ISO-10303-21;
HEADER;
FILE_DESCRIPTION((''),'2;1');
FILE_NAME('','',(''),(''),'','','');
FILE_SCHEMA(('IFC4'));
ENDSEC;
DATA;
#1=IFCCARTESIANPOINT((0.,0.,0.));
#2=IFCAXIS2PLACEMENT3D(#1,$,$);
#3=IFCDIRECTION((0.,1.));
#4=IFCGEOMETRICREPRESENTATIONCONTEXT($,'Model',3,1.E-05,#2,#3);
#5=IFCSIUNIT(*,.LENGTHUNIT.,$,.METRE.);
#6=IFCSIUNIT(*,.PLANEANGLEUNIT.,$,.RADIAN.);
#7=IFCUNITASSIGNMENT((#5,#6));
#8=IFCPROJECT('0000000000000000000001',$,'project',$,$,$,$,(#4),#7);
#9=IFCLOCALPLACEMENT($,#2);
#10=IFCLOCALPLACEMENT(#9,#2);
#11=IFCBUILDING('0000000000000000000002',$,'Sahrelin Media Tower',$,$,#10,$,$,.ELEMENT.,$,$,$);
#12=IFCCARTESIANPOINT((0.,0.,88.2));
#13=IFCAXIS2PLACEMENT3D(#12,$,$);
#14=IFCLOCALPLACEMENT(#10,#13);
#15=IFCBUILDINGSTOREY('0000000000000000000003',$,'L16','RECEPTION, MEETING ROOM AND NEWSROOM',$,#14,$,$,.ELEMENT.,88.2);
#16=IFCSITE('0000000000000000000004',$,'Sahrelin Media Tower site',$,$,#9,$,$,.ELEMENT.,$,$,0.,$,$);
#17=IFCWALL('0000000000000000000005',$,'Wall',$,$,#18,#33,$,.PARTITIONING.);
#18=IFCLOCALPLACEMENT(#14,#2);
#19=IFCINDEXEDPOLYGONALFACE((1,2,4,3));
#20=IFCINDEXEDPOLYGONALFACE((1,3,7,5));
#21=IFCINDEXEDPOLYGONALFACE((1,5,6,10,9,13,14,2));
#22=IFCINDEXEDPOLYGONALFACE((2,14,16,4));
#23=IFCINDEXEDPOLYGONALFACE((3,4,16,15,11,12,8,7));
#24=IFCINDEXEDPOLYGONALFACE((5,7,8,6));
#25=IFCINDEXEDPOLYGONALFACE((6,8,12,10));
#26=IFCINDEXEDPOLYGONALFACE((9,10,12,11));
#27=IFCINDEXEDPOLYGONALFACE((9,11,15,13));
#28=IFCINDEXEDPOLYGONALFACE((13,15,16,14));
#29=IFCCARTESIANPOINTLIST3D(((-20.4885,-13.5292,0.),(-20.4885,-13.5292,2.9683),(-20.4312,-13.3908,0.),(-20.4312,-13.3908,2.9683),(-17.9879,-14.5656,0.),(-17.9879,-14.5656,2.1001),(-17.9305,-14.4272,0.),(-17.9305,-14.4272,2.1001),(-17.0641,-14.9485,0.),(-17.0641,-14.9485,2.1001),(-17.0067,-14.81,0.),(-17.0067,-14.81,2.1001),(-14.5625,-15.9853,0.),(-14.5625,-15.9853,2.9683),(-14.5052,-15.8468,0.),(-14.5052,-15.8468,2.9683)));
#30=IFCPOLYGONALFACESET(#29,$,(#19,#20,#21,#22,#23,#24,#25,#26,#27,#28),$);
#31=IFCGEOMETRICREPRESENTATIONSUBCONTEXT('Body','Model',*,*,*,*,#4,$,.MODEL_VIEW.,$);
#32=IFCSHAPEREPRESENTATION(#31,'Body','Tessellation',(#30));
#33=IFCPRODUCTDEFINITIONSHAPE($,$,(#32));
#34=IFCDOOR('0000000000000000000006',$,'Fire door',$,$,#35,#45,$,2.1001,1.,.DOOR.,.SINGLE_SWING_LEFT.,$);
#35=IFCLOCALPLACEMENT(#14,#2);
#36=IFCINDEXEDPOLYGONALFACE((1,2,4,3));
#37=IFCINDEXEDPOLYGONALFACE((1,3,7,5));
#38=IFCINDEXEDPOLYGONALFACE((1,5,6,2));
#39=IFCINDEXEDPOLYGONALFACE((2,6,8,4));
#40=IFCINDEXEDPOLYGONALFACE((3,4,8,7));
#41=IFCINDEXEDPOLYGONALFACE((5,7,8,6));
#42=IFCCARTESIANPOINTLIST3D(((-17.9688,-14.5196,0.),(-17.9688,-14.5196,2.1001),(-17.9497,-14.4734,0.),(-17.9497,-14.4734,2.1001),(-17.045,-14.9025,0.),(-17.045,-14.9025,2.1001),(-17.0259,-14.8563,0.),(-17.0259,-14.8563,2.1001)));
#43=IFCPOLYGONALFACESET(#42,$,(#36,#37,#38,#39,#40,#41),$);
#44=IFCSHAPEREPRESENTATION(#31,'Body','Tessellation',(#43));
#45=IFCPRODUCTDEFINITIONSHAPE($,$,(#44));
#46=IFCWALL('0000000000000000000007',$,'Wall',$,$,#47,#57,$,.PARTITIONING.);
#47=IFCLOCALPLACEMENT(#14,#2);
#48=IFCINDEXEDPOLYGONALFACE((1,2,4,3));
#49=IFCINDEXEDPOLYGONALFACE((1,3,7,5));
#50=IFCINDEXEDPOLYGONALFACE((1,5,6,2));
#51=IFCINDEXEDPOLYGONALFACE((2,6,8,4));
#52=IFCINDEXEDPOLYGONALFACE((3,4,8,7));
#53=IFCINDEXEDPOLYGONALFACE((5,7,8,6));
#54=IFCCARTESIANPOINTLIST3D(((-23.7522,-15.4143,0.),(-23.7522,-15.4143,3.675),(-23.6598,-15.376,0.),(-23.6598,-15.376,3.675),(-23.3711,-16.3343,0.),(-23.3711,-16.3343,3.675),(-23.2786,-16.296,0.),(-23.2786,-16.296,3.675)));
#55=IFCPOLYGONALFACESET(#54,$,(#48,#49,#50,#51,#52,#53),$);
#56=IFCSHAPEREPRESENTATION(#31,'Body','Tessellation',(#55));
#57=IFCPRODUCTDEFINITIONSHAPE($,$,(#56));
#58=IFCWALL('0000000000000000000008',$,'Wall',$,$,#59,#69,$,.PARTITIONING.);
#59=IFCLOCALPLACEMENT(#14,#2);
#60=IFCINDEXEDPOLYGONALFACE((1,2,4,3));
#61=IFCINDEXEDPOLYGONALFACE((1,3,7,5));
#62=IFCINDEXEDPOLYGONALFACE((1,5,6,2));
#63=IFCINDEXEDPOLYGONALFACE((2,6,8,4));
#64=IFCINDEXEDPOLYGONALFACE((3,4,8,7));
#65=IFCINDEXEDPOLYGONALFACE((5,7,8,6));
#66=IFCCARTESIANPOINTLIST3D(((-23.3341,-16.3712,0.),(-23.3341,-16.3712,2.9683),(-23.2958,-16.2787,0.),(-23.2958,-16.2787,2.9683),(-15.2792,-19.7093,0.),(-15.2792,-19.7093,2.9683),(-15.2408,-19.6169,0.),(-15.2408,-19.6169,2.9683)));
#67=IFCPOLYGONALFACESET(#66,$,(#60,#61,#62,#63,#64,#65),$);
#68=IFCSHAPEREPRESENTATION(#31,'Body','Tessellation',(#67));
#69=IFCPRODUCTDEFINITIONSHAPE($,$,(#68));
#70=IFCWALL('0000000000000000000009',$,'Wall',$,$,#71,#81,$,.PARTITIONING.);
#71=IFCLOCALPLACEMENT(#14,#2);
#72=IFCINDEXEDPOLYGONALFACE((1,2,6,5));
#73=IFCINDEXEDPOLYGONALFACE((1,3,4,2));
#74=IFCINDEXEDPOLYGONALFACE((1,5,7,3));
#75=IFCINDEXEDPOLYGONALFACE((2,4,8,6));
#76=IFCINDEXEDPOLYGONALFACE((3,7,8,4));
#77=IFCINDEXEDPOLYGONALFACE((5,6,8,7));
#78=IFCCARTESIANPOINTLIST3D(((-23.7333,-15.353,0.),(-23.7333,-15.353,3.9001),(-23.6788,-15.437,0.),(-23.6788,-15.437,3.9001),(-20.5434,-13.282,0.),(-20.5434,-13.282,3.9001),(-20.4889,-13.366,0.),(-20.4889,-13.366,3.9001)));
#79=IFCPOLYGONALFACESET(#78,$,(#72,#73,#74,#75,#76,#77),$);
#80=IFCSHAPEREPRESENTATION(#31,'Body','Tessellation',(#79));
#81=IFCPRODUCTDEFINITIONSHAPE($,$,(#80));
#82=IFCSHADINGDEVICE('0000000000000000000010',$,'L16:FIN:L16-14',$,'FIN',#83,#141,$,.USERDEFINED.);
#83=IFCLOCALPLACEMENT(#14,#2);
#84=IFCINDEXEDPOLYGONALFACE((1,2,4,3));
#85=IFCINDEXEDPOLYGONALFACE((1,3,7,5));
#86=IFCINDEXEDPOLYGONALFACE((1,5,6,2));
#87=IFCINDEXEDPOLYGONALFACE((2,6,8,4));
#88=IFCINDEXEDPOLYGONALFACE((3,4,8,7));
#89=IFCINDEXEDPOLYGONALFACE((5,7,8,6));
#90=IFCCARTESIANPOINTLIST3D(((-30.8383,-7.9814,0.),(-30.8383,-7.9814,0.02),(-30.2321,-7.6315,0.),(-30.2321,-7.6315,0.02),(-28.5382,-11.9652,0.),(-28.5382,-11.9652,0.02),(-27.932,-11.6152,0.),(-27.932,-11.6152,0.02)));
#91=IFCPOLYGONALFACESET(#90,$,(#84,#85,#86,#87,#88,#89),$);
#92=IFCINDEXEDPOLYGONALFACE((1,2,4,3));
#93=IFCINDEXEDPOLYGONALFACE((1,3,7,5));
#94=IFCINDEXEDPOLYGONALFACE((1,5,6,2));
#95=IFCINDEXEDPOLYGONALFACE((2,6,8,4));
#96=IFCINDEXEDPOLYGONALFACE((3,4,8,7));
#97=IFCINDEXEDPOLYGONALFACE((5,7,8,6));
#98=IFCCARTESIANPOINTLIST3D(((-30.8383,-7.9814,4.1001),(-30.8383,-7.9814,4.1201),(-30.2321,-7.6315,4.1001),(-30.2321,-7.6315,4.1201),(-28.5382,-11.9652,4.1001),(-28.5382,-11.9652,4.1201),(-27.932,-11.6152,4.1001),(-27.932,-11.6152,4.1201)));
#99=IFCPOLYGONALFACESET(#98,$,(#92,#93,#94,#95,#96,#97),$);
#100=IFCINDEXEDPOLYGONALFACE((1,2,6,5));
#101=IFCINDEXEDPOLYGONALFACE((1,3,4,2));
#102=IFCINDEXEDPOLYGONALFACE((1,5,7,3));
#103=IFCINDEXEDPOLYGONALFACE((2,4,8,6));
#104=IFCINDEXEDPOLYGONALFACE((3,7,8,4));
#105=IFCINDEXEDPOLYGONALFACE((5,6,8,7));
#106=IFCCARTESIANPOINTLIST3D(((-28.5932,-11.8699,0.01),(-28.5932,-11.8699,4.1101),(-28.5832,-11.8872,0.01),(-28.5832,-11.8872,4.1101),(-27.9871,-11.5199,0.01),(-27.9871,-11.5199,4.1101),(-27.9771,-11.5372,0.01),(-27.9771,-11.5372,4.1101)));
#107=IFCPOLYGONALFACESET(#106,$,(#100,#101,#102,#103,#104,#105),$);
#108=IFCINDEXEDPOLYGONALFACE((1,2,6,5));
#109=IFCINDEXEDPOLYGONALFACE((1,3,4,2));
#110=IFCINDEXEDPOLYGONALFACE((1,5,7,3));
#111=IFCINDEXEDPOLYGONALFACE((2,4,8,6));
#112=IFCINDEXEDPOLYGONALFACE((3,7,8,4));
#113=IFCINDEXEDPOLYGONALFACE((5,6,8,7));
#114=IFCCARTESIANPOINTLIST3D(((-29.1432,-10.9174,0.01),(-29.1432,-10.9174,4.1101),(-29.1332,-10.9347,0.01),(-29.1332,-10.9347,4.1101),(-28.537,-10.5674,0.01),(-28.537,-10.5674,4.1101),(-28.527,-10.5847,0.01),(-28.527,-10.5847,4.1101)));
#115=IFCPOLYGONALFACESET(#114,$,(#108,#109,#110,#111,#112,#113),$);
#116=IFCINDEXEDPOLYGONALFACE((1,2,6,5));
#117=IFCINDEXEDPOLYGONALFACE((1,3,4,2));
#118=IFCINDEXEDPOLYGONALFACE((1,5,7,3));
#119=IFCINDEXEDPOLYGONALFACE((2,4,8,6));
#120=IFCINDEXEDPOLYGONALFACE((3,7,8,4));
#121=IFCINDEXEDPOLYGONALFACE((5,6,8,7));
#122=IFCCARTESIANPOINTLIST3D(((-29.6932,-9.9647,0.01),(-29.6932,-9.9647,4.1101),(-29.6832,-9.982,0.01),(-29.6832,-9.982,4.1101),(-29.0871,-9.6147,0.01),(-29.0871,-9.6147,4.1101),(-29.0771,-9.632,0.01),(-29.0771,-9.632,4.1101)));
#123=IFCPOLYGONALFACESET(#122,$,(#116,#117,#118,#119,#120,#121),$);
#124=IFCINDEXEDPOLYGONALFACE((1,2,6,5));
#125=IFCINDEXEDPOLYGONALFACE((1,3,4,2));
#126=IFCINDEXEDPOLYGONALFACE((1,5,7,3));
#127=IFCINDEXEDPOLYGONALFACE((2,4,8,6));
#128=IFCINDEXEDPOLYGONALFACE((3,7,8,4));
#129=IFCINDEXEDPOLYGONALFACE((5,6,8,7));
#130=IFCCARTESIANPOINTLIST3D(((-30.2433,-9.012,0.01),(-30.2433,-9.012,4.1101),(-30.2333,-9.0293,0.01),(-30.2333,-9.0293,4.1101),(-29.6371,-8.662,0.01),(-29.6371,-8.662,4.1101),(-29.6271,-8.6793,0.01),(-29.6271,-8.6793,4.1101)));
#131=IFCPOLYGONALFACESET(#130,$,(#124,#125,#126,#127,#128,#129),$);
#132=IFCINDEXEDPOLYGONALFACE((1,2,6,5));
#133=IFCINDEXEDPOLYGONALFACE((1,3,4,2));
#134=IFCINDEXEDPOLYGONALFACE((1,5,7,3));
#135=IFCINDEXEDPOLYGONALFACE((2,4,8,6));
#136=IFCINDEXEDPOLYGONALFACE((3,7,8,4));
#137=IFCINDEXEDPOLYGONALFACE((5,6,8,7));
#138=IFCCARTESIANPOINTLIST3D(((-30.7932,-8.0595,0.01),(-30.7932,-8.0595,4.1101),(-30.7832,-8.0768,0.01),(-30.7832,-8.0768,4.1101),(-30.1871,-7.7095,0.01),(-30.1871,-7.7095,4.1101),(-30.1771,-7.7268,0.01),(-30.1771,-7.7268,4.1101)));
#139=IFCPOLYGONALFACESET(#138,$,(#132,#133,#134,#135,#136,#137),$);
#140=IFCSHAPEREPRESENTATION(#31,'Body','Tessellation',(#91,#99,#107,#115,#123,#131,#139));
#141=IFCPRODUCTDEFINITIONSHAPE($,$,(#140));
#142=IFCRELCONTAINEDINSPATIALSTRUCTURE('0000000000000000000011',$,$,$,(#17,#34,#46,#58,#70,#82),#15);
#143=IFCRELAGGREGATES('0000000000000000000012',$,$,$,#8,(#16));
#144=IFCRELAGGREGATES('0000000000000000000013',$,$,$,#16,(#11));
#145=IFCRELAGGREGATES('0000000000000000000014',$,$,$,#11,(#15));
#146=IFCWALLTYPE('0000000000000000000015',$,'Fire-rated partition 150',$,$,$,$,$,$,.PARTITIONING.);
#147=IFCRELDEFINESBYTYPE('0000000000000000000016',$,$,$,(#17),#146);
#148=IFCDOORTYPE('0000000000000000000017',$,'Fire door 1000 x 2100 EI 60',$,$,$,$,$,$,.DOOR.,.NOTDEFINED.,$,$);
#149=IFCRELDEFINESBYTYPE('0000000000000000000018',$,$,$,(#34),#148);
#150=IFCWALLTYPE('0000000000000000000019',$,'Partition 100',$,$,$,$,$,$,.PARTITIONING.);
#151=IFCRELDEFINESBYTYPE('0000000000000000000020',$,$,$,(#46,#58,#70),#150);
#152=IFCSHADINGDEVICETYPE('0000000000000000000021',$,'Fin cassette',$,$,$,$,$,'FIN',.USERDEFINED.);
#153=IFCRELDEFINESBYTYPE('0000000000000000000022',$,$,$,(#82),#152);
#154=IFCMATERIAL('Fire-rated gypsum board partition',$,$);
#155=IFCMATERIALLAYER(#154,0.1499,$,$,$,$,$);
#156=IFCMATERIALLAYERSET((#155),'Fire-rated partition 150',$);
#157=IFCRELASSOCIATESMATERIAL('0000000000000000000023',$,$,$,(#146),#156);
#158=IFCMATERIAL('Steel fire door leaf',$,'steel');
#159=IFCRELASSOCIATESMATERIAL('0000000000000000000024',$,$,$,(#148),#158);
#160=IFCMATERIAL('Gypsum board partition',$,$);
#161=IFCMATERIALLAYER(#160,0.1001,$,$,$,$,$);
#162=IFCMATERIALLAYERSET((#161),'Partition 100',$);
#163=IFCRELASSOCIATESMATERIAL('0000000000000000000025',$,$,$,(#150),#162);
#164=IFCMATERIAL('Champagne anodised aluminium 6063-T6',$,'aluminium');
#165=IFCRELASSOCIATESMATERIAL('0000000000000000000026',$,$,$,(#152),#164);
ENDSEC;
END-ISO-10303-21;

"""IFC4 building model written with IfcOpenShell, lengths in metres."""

from ifc_helpers import new_model, si_unit, direction, frame, frame_2d, origin, origin_2d, place, context, subcontext, project, spatial, rectangle, extrude, material, layer, layer_set, type_object, element, fill, save


model = new_model("IFC4")

# Units and contexts
model_context = context("Model", 3, precision=1e-05, world=origin(), true_north=direction((0.0, 1.0)))
body_context = subcontext(model_context, "Body", "Model", "MODEL_VIEW")
ifc_project = project(units=[si_unit("LENGTHUNIT", "METRE"), si_unit("PLANEANGLEUNIT", "RADIAN")], contexts=[model_context])

# Site, building, storey
site_placement = place(None, origin())
site = spatial("IfcSite", under=ifc_project, at=site_placement, Name="Sahrelin Media Tower site", CompositionType="ELEMENT", RefElevation=0.0)
building_placement = place(site_placement, origin())
building = spatial("IfcBuilding", under=site, at=building_placement, Name="Sahrelin Media Tower", CompositionType="ELEMENT")
storey_placement = place(building_placement, frame((0.0, 0.0, 88.2)))
storey = spatial("IfcBuildingStorey", under=building, at=storey_placement, Name="L16", Description="RECEPTION, MEETING ROOM AND NEWSROOM", CompositionType="ELEMENT", Elevation=88.2)

# Shared definitions
ifc_material_1 = material(Name="Champagne anodised aluminium 6063-T6", Category="aluminium")

# Wall, opening, door
ifc_material_2 = material(Name="Fire-rated gypsum board partition")
ifc_layer_1 = layer(ifc_material_2, 0.1499)
ifc_layer_set_1 = layer_set([ifc_layer_1], Name="Fire-rated partition 150")
wall_type_1 = type_object("IfcWallType", Name="Fire-rated partition 150", PredefinedType="PARTITIONING", material=ifc_layer_set_1)
wall_1_placement = place(storey_placement, frame((-20.46, -13.46, 0.0), z_axis=(0.0, 0.0, 1.0), x_axis=(0.923802, -0.382872, 0.0)))
wall_1 = element("IfcWall", 1, at=wall_1_placement, inside=storey, type_object=wall_type_1, Name="Wall", PredefinedType="PARTITIONING", context=body_context, shape_type="SweptSolid", body=[
    extrude(rectangle(XDim=6.4148, YDim=0.1499, at=frame_2d((3.2075, 0.0))), origin(), (0.0, 0.0, 1.0), 2.9683),
])
opening_placement = place(wall_1_placement, frame((2.707, 0.0, 0.0)))
opening = element("IfcOpeningElement", 2, at=opening_placement, cuts=wall_1, PredefinedType="OPENING", context=body_context, shape_type="SweptSolid", body=[
    extrude(rectangle(XDim=1.0, YDim=2.1001, at=frame_2d((0.5, 1.05))), frame((0.0, 0.075, 0.0), z_axis=(0.0, -1.0, 0.0), x_axis=(1.0, 0.0, 0.0)), (0.0, 0.0, 1.0), 0.1499),
])
ifc_material_3 = material(Name="Steel fire door leaf", Category="steel")
door_type = type_object("IfcDoorType", Name="Fire door 1000 x 2100 EI 60", OperationType="NOTDEFINED", PredefinedType="DOOR", material=ifc_material_3)
door_placement = place(opening_placement, origin())
door = element("IfcDoor", 3, at=door_placement, inside=storey, type_object=door_type, Name="Fire door", OperationType="SINGLE_SWING_LEFT", OverallHeight=2.1001, OverallWidth=1.0, PredefinedType="DOOR", context=body_context, shape_type="SweptSolid", body=[
    extrude(rectangle(XDim=1.0, YDim=2.1001, at=frame_2d((0.5, 1.05))), frame((0.0, 0.0249, 0.0), z_axis=(0.0, -1.0, 0.0), x_axis=(1.0, 0.0, 0.0)), (0.0, 0.0, 1.0), 0.05),
])
fill(opening, door)

# Walls
ifc_material_4 = material(Name="Gypsum board partition")
ifc_layer_2 = layer(ifc_material_4, 0.1001)
ifc_layer_set_2 = layer_set([ifc_layer_2], Name="Partition 100")
wall_type_2 = type_object("IfcWallType", Name="Partition 100", PredefinedType="PARTITIONING", material=ifc_layer_set_2)
wall_2_placement = place(storey_placement, frame((-23.7061, -15.395, 0.0), z_axis=(0.0, 0.0, 1.0), x_axis=(0.382734, -0.923858, 0.0)))
element("IfcWall", 4, at=wall_2_placement, inside=storey, type_object=wall_type_2, Name="Wall", PredefinedType="PARTITIONING", context=body_context, shape_type="SweptSolid", body=[
    extrude(rectangle(XDim=0.9958, YDim=0.1001, at=frame_2d((0.498, 0.0))), origin(), (0.0, 0.0, 1.0), 3.675),
])
wall_3_placement = place(storey_placement, frame((-23.3149, -16.325, 0.0), z_axis=(0.0, 0.0, 1.0), x_axis=(0.923812, -0.382847, 0.0)))
element("IfcWall", 5, at=wall_3_placement, inside=storey, type_object=wall_type_2, Name="Wall", PredefinedType="PARTITIONING", context=body_context, shape_type="SweptSolid", body=[
    extrude(rectangle(XDim=8.7192, YDim=0.1001, at=frame_2d((4.3596, 0.0))), origin(), (0.0, 0.0, 1.0), 2.9683),
])
wall_4_placement = place(storey_placement, frame((-23.7061, -15.395, 0.0), z_axis=(0.0, 0.0, 1.0), x_axis=(0.838734, 0.544542, 0.0)))
element("IfcWall", 6, at=wall_4_placement, inside=storey, type_object=wall_type_2, Name="Wall", PredefinedType="PARTITIONING", context=body_context, shape_type="SweptSolid", body=[
    extrude(rectangle(XDim=3.8032, YDim=0.1001, at=frame_2d((1.9016, 0.0))), origin(), (0.0, 0.0, 1.0), 3.9001),
])

# Shading device
shading_device_type_1 = type_object("IfcShadingDeviceType", Name="Fin cassette", ElementType="FIN", PredefinedType="USERDEFINED", material=ifc_material_1)
placement_1 = place(storey_placement, frame((-29.0215, -9.5884, 0.0), z_axis=(0.0, 0.0, 1.0), x_axis=(-0.500011, 0.866019, 0.0)))
element("IfcShadingDevice", 7, at=placement_1, inside=storey, type_object=shading_device_type_1, Name="L16:FIN:L16-14", ObjectType="FIN", PredefinedType="USERDEFINED", context=body_context, shape_type="SweptSolid", body=[
    extrude(rectangle(XDim=4.6001, YDim=0.7, at=origin_2d()), frame((0.0, 0.4199, 0.0)), (0.0, 0.0, 1.0), 0.02),
    extrude(rectangle(XDim=4.6001, YDim=0.7, at=origin_2d()), frame((0.0, 0.4199, 4.1001)), (0.0, 0.0, 1.0), 0.02),
    extrude(rectangle(XDim=0.02, YDim=0.7, at=origin_2d()), frame((-2.2, 0.4199, 0.01), z_axis=(0.0, 0.0, 1.0), x_axis=(1.0, 0.0, 0.0)), (0.0, 0.0, 1.0), 4.1001),
    extrude(rectangle(XDim=0.02, YDim=0.7, at=origin_2d()), frame((-1.1001, 0.4199, 0.01), z_axis=(0.0, 0.0, 1.0), x_axis=(1.0, 0.0, 0.0)), (0.0, 0.0, 1.0), 4.1001),
    extrude(rectangle(XDim=0.02, YDim=0.7, at=origin_2d()), frame((0.0, 0.4199, 0.01), z_axis=(0.0, 0.0, 1.0), x_axis=(1.0, 0.0, 0.0)), (0.0, 0.0, 1.0), 4.1001),
    extrude(rectangle(XDim=0.02, YDim=0.7, at=origin_2d()), frame((1.1001, 0.4199, 0.01), z_axis=(0.0, 0.0, 1.0), x_axis=(1.0, 0.0, 0.0)), (0.0, 0.0, 1.0), 4.1001),
    extrude(rectangle(XDim=0.02, YDim=0.7, at=origin_2d()), frame((2.2, 0.4199, 0.01), z_axis=(0.0, 0.0, 1.0), x_axis=(1.0, 0.0, 0.0)), (0.0, 0.0, 1.0), 4.1001),
])

save(model, "model.ifc")
